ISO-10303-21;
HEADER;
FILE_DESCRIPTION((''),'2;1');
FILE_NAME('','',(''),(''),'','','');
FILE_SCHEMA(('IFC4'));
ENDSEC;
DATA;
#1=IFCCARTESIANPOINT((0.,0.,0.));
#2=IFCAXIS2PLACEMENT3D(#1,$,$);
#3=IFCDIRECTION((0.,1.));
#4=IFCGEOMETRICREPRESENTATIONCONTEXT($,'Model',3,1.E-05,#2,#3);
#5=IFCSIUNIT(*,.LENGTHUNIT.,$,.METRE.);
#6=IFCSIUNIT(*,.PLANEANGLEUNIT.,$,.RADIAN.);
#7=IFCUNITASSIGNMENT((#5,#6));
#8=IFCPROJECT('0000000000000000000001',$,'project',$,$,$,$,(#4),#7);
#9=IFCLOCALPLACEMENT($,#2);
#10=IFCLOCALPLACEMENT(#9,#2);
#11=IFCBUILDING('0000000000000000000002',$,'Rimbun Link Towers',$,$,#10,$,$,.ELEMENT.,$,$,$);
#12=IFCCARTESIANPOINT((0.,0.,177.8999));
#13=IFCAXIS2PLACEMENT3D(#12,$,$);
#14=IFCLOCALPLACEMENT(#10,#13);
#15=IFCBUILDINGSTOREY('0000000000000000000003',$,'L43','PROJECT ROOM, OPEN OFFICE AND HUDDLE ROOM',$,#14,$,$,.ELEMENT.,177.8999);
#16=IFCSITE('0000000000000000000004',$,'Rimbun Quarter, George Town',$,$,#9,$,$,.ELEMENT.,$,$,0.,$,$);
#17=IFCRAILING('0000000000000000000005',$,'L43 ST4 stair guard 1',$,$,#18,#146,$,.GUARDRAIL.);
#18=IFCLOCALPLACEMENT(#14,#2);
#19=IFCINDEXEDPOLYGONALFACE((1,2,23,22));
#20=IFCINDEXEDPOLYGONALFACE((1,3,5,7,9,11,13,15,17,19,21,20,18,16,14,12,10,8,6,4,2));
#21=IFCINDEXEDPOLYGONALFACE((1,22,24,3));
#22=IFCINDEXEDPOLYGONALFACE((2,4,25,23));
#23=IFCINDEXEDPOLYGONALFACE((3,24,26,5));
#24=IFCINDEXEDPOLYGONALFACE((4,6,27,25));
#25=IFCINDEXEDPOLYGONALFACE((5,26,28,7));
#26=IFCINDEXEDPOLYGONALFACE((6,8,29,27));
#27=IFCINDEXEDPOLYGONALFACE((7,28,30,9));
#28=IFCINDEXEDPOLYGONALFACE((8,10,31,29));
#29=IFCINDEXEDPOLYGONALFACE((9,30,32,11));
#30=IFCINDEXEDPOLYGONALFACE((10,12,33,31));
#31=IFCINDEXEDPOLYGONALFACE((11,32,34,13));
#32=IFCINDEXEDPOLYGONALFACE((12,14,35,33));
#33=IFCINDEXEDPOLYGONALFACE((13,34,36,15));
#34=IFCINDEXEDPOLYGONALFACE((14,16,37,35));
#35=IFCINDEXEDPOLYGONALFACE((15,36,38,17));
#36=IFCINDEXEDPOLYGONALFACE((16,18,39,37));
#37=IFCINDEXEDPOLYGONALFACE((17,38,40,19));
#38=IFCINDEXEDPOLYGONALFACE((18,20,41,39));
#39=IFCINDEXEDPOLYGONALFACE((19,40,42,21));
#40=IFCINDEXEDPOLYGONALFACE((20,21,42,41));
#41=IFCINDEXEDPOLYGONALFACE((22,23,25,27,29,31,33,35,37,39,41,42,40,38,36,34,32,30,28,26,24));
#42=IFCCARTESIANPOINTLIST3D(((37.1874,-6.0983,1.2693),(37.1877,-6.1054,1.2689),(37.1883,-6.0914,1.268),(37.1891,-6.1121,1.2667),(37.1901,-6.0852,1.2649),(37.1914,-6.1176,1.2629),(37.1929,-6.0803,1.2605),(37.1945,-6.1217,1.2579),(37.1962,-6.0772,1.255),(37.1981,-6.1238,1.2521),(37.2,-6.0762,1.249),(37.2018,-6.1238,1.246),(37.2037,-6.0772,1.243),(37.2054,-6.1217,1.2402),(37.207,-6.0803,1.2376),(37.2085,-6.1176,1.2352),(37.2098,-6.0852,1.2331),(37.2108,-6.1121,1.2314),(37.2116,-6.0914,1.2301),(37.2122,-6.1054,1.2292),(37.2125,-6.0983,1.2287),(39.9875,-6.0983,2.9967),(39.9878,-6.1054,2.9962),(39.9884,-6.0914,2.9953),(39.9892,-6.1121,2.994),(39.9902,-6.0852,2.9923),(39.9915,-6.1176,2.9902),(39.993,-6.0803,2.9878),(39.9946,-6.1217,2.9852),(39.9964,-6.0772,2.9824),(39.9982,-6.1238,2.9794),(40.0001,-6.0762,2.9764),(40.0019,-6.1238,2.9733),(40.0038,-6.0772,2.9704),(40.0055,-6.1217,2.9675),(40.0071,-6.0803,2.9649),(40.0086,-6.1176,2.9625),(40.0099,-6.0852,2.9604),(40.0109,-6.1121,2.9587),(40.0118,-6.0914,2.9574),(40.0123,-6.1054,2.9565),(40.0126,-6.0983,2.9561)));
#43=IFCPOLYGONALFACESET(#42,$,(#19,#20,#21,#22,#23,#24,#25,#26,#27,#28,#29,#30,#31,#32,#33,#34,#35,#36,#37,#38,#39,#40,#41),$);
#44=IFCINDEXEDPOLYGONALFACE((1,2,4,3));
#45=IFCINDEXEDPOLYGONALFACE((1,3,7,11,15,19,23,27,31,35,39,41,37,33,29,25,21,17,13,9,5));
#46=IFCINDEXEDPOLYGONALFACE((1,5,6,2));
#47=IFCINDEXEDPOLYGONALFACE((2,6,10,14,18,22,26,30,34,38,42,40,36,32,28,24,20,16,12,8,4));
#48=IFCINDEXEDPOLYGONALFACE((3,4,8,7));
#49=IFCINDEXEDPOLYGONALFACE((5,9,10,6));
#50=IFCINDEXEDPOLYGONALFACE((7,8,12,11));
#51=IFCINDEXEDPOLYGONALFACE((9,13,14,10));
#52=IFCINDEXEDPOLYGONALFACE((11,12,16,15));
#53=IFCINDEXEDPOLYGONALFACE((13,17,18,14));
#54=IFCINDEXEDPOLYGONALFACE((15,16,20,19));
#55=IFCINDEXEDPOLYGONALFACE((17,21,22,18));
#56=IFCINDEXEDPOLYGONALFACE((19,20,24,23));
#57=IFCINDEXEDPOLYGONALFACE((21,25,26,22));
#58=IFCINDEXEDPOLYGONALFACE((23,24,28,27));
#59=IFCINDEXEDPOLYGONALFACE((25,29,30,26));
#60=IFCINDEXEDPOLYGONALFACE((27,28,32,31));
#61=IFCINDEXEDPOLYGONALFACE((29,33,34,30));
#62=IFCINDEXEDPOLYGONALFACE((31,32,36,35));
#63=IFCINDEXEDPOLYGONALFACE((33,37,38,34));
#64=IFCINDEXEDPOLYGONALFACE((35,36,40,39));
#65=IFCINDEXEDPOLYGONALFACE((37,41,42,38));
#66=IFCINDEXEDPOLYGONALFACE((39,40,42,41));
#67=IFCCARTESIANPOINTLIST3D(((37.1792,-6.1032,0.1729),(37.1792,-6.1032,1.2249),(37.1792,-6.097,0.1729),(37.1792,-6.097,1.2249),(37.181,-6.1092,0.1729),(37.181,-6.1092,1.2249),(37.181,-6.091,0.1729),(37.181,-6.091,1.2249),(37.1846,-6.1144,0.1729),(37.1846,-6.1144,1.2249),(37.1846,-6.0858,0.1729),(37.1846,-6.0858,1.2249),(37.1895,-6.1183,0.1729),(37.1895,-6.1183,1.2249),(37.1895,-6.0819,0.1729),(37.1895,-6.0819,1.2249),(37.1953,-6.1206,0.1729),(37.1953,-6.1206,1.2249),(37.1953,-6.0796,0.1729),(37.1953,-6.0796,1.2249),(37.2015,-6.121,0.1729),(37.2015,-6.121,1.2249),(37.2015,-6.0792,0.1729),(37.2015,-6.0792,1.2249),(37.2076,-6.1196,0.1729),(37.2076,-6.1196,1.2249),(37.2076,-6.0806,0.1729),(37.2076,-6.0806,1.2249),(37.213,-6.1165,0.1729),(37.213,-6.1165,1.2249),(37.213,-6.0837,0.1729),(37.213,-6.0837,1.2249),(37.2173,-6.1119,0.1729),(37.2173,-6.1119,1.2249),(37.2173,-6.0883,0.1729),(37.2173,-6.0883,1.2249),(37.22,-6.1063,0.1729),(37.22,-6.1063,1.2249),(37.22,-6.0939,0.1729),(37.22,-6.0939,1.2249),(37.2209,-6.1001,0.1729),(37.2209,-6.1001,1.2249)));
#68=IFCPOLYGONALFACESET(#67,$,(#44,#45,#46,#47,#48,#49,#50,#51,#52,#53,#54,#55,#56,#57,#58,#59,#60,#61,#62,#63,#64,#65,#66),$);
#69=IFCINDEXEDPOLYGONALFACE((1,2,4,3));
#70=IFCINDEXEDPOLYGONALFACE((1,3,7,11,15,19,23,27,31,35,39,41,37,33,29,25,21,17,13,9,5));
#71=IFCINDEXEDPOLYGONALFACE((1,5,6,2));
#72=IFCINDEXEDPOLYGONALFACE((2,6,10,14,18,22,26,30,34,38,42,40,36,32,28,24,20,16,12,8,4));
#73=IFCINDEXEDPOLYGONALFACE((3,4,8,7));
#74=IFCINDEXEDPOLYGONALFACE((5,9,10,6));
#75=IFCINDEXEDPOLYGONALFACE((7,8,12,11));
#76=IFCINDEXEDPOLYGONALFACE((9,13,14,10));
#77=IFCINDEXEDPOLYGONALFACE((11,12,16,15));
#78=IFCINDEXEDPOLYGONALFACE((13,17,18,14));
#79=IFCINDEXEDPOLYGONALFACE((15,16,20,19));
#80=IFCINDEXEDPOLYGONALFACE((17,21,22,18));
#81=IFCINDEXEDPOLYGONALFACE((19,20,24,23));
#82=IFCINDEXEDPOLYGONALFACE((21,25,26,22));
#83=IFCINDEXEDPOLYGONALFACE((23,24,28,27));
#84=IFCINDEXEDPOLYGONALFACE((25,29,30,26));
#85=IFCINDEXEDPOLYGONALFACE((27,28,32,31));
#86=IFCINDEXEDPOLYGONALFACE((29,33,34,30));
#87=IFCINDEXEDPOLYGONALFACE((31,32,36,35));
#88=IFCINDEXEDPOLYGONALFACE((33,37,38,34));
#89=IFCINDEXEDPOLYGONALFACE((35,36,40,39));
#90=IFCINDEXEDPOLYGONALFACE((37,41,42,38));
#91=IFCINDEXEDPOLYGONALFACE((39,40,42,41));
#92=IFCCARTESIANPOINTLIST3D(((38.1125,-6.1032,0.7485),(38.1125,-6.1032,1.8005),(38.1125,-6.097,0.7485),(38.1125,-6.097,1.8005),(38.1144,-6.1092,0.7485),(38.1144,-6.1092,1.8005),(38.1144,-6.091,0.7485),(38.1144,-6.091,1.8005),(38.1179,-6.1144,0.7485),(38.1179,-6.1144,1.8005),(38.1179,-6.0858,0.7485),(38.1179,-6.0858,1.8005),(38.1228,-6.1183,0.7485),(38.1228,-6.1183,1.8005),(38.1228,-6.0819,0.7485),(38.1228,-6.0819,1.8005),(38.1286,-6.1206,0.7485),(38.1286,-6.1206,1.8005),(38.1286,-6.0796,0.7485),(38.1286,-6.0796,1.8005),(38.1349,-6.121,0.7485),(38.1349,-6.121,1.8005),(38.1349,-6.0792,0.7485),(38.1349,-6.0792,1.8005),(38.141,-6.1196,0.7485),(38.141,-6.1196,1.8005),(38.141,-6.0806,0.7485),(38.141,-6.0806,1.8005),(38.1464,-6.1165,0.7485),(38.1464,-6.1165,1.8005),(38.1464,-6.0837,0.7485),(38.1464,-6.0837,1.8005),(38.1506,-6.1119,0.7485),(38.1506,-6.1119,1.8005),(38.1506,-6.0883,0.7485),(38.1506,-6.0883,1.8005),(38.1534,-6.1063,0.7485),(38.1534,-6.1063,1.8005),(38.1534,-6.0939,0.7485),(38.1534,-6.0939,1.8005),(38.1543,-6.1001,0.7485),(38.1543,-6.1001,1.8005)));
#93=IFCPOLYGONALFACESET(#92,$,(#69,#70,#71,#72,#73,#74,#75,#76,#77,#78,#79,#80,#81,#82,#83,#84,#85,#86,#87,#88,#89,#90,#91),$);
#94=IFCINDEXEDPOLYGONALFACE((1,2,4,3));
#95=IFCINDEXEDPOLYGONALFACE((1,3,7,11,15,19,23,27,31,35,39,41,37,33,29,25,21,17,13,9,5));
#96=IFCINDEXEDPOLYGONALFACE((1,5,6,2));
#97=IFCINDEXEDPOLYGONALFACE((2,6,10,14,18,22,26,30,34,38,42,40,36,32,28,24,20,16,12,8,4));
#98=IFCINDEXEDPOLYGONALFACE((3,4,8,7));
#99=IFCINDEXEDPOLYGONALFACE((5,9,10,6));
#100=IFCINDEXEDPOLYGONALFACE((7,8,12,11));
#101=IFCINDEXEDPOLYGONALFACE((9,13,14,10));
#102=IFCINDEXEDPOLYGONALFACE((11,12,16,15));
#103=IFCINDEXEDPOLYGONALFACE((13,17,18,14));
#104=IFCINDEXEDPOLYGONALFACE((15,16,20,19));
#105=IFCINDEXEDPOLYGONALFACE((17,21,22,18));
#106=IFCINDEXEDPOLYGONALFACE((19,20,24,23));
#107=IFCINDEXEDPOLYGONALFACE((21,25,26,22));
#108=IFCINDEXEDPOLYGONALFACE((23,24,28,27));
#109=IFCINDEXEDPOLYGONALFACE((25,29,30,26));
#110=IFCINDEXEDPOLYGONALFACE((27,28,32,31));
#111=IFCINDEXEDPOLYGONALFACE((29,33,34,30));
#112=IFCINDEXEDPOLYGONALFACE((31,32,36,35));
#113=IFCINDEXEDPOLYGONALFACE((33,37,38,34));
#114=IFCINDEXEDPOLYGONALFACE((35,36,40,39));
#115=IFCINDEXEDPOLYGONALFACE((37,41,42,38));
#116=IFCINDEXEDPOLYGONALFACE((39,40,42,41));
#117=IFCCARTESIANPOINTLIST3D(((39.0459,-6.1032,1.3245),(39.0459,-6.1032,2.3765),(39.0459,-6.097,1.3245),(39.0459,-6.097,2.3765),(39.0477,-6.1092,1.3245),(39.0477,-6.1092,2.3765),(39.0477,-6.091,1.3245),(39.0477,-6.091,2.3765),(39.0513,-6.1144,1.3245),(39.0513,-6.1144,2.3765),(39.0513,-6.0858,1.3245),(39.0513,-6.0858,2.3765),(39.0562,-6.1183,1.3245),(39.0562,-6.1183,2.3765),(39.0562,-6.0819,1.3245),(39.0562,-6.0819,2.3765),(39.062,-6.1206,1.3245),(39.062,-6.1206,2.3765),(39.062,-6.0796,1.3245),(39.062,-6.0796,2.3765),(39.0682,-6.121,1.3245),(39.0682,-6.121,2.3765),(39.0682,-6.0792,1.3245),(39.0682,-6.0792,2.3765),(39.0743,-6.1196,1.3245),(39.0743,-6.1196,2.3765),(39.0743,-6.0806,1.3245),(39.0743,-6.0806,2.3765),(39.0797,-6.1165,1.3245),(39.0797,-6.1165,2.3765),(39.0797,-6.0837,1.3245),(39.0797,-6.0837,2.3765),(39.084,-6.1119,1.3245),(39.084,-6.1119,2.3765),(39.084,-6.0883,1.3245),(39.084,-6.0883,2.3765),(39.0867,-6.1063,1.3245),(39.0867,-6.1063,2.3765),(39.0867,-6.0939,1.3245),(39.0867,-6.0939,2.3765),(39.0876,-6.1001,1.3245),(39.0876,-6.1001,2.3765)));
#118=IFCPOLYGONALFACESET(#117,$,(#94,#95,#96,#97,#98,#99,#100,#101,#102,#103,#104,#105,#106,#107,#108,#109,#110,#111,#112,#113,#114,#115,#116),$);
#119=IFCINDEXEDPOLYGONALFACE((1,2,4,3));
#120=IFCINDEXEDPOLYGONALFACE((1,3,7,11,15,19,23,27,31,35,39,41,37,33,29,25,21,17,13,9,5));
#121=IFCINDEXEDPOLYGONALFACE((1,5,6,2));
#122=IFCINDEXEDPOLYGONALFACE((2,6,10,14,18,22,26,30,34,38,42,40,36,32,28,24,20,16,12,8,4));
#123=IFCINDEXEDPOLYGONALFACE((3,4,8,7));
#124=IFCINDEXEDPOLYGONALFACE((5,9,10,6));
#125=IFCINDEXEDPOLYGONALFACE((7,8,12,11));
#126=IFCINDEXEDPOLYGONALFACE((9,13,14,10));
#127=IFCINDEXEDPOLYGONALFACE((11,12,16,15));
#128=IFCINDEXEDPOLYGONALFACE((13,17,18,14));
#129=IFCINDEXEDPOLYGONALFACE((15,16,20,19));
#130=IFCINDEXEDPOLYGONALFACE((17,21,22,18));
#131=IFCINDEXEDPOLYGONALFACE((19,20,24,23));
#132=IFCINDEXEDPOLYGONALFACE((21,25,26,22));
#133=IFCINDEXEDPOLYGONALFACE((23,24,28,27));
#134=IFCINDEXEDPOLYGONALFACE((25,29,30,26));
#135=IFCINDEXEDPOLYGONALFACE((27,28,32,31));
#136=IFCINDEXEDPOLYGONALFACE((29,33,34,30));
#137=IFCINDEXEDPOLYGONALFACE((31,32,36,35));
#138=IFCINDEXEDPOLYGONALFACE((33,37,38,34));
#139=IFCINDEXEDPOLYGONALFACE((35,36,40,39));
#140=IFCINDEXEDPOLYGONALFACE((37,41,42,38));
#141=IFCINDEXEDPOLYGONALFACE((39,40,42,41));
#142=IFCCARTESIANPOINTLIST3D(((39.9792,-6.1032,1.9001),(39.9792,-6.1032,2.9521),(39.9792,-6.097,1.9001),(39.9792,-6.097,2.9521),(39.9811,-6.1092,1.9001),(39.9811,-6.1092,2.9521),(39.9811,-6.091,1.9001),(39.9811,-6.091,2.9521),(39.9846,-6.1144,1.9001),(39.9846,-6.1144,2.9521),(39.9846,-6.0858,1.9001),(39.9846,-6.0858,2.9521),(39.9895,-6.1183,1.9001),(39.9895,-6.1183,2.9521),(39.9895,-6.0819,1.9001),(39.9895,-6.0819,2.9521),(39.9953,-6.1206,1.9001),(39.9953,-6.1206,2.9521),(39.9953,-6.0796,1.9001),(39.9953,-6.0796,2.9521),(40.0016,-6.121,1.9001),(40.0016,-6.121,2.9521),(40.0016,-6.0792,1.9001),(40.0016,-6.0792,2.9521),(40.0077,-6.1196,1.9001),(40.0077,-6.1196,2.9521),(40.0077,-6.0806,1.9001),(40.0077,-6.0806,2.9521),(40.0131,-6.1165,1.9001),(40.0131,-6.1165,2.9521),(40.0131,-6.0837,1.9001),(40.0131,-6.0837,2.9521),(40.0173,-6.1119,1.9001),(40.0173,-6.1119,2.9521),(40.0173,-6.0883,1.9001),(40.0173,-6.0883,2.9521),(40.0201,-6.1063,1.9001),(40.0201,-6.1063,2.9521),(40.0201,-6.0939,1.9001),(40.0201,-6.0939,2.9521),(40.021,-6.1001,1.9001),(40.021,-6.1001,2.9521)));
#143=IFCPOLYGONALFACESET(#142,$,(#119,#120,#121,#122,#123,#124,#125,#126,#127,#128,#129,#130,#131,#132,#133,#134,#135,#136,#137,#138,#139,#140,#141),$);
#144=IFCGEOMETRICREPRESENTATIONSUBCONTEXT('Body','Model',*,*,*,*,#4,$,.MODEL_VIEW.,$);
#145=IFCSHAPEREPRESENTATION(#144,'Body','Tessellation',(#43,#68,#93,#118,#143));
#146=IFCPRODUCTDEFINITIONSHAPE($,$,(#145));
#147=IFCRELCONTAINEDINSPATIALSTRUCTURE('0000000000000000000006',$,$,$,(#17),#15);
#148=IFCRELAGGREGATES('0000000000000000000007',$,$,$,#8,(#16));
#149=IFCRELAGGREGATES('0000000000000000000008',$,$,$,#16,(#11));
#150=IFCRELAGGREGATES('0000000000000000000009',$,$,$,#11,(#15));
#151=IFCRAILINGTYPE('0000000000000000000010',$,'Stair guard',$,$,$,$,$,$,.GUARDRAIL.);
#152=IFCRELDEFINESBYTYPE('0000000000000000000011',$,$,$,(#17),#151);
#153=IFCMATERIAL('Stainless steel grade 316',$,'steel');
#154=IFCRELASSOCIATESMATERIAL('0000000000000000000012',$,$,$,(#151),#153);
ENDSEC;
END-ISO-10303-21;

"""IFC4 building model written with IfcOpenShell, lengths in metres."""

from ifc_helpers import new_model, si_unit, direction, frame, origin, origin_2d, place, context, subcontext, project, spatial, circle, extrude, material, type_object, element, save


model = new_model("IFC4")

# Units and contexts
model_context = context("Model", 3, precision=1e-05, world=origin(), true_north=direction((0.0, 1.0)))
body_context = subcontext(model_context, "Body", "Model", "MODEL_VIEW")
ifc_project = project(units=[si_unit("LENGTHUNIT", "METRE"), si_unit("PLANEANGLEUNIT", "RADIAN")], contexts=[model_context])

# Site, building, storey
site_placement = place(None, origin())
site = spatial("IfcSite", under=ifc_project, at=site_placement, Name="Rimbun Quarter, George Town", CompositionType="ELEMENT", RefElevation=0.0)
building_placement = place(site_placement, origin())
building = spatial("IfcBuilding", under=site, at=building_placement, Name="Rimbun Link Towers", CompositionType="ELEMENT")
storey_placement = place(building_placement, frame((0.0, 0.0, 177.8999)))
storey = spatial("IfcBuildingStorey", under=building, at=storey_placement, Name="L43", Description="PROJECT ROOM, OPEN OFFICE AND HUDDLE ROOM", CompositionType="ELEMENT", Elevation=177.8999)

# Railing
ifc_material_1 = material(Name="Stainless steel grade 316", Category="steel")
railing_type_1 = type_object("IfcRailingType", Name="Stair guard", PredefinedType="GUARDRAIL", material=ifc_material_1)
railing_1_placement = place(storey_placement, frame((37.2, -6.1001, 0.1729)))
element("IfcRailing", 1, at=railing_1_placement, inside=storey, type_object=railing_type_1, Name="L43 ST4 stair guard 1", PredefinedType="GUARDRAIL", context=body_context, shape_type="SweptSolid", body=[
    extrude(circle(Radius=0.0239, at=origin_2d()), frame((0.0, 0.0, 1.0762), z_axis=(0.85109, 0.0, 0.52502), x_axis=(0.0, 1.0, 0.0)), (0.0, 0.0, 1.0), 3.29),
    extrude(circle(Radius=0.021, at=origin_2d()), origin(), (0.0, 0.0, 1.0), 1.052),
    extrude(circle(Radius=0.021, at=origin_2d()), frame((0.9333, 0.0, 0.5757)), (0.0, 0.0, 1.0), 1.052),
    extrude(circle(Radius=0.021, at=origin_2d()), frame((1.8667, 0.0, 1.1516)), (0.0, 0.0, 1.0), 1.052),
    extrude(circle(Radius=0.021, at=origin_2d()), frame((2.8, 0.0, 1.7273)), (0.0, 0.0, 1.0), 1.052),
])

save(model, "model.ifc")
